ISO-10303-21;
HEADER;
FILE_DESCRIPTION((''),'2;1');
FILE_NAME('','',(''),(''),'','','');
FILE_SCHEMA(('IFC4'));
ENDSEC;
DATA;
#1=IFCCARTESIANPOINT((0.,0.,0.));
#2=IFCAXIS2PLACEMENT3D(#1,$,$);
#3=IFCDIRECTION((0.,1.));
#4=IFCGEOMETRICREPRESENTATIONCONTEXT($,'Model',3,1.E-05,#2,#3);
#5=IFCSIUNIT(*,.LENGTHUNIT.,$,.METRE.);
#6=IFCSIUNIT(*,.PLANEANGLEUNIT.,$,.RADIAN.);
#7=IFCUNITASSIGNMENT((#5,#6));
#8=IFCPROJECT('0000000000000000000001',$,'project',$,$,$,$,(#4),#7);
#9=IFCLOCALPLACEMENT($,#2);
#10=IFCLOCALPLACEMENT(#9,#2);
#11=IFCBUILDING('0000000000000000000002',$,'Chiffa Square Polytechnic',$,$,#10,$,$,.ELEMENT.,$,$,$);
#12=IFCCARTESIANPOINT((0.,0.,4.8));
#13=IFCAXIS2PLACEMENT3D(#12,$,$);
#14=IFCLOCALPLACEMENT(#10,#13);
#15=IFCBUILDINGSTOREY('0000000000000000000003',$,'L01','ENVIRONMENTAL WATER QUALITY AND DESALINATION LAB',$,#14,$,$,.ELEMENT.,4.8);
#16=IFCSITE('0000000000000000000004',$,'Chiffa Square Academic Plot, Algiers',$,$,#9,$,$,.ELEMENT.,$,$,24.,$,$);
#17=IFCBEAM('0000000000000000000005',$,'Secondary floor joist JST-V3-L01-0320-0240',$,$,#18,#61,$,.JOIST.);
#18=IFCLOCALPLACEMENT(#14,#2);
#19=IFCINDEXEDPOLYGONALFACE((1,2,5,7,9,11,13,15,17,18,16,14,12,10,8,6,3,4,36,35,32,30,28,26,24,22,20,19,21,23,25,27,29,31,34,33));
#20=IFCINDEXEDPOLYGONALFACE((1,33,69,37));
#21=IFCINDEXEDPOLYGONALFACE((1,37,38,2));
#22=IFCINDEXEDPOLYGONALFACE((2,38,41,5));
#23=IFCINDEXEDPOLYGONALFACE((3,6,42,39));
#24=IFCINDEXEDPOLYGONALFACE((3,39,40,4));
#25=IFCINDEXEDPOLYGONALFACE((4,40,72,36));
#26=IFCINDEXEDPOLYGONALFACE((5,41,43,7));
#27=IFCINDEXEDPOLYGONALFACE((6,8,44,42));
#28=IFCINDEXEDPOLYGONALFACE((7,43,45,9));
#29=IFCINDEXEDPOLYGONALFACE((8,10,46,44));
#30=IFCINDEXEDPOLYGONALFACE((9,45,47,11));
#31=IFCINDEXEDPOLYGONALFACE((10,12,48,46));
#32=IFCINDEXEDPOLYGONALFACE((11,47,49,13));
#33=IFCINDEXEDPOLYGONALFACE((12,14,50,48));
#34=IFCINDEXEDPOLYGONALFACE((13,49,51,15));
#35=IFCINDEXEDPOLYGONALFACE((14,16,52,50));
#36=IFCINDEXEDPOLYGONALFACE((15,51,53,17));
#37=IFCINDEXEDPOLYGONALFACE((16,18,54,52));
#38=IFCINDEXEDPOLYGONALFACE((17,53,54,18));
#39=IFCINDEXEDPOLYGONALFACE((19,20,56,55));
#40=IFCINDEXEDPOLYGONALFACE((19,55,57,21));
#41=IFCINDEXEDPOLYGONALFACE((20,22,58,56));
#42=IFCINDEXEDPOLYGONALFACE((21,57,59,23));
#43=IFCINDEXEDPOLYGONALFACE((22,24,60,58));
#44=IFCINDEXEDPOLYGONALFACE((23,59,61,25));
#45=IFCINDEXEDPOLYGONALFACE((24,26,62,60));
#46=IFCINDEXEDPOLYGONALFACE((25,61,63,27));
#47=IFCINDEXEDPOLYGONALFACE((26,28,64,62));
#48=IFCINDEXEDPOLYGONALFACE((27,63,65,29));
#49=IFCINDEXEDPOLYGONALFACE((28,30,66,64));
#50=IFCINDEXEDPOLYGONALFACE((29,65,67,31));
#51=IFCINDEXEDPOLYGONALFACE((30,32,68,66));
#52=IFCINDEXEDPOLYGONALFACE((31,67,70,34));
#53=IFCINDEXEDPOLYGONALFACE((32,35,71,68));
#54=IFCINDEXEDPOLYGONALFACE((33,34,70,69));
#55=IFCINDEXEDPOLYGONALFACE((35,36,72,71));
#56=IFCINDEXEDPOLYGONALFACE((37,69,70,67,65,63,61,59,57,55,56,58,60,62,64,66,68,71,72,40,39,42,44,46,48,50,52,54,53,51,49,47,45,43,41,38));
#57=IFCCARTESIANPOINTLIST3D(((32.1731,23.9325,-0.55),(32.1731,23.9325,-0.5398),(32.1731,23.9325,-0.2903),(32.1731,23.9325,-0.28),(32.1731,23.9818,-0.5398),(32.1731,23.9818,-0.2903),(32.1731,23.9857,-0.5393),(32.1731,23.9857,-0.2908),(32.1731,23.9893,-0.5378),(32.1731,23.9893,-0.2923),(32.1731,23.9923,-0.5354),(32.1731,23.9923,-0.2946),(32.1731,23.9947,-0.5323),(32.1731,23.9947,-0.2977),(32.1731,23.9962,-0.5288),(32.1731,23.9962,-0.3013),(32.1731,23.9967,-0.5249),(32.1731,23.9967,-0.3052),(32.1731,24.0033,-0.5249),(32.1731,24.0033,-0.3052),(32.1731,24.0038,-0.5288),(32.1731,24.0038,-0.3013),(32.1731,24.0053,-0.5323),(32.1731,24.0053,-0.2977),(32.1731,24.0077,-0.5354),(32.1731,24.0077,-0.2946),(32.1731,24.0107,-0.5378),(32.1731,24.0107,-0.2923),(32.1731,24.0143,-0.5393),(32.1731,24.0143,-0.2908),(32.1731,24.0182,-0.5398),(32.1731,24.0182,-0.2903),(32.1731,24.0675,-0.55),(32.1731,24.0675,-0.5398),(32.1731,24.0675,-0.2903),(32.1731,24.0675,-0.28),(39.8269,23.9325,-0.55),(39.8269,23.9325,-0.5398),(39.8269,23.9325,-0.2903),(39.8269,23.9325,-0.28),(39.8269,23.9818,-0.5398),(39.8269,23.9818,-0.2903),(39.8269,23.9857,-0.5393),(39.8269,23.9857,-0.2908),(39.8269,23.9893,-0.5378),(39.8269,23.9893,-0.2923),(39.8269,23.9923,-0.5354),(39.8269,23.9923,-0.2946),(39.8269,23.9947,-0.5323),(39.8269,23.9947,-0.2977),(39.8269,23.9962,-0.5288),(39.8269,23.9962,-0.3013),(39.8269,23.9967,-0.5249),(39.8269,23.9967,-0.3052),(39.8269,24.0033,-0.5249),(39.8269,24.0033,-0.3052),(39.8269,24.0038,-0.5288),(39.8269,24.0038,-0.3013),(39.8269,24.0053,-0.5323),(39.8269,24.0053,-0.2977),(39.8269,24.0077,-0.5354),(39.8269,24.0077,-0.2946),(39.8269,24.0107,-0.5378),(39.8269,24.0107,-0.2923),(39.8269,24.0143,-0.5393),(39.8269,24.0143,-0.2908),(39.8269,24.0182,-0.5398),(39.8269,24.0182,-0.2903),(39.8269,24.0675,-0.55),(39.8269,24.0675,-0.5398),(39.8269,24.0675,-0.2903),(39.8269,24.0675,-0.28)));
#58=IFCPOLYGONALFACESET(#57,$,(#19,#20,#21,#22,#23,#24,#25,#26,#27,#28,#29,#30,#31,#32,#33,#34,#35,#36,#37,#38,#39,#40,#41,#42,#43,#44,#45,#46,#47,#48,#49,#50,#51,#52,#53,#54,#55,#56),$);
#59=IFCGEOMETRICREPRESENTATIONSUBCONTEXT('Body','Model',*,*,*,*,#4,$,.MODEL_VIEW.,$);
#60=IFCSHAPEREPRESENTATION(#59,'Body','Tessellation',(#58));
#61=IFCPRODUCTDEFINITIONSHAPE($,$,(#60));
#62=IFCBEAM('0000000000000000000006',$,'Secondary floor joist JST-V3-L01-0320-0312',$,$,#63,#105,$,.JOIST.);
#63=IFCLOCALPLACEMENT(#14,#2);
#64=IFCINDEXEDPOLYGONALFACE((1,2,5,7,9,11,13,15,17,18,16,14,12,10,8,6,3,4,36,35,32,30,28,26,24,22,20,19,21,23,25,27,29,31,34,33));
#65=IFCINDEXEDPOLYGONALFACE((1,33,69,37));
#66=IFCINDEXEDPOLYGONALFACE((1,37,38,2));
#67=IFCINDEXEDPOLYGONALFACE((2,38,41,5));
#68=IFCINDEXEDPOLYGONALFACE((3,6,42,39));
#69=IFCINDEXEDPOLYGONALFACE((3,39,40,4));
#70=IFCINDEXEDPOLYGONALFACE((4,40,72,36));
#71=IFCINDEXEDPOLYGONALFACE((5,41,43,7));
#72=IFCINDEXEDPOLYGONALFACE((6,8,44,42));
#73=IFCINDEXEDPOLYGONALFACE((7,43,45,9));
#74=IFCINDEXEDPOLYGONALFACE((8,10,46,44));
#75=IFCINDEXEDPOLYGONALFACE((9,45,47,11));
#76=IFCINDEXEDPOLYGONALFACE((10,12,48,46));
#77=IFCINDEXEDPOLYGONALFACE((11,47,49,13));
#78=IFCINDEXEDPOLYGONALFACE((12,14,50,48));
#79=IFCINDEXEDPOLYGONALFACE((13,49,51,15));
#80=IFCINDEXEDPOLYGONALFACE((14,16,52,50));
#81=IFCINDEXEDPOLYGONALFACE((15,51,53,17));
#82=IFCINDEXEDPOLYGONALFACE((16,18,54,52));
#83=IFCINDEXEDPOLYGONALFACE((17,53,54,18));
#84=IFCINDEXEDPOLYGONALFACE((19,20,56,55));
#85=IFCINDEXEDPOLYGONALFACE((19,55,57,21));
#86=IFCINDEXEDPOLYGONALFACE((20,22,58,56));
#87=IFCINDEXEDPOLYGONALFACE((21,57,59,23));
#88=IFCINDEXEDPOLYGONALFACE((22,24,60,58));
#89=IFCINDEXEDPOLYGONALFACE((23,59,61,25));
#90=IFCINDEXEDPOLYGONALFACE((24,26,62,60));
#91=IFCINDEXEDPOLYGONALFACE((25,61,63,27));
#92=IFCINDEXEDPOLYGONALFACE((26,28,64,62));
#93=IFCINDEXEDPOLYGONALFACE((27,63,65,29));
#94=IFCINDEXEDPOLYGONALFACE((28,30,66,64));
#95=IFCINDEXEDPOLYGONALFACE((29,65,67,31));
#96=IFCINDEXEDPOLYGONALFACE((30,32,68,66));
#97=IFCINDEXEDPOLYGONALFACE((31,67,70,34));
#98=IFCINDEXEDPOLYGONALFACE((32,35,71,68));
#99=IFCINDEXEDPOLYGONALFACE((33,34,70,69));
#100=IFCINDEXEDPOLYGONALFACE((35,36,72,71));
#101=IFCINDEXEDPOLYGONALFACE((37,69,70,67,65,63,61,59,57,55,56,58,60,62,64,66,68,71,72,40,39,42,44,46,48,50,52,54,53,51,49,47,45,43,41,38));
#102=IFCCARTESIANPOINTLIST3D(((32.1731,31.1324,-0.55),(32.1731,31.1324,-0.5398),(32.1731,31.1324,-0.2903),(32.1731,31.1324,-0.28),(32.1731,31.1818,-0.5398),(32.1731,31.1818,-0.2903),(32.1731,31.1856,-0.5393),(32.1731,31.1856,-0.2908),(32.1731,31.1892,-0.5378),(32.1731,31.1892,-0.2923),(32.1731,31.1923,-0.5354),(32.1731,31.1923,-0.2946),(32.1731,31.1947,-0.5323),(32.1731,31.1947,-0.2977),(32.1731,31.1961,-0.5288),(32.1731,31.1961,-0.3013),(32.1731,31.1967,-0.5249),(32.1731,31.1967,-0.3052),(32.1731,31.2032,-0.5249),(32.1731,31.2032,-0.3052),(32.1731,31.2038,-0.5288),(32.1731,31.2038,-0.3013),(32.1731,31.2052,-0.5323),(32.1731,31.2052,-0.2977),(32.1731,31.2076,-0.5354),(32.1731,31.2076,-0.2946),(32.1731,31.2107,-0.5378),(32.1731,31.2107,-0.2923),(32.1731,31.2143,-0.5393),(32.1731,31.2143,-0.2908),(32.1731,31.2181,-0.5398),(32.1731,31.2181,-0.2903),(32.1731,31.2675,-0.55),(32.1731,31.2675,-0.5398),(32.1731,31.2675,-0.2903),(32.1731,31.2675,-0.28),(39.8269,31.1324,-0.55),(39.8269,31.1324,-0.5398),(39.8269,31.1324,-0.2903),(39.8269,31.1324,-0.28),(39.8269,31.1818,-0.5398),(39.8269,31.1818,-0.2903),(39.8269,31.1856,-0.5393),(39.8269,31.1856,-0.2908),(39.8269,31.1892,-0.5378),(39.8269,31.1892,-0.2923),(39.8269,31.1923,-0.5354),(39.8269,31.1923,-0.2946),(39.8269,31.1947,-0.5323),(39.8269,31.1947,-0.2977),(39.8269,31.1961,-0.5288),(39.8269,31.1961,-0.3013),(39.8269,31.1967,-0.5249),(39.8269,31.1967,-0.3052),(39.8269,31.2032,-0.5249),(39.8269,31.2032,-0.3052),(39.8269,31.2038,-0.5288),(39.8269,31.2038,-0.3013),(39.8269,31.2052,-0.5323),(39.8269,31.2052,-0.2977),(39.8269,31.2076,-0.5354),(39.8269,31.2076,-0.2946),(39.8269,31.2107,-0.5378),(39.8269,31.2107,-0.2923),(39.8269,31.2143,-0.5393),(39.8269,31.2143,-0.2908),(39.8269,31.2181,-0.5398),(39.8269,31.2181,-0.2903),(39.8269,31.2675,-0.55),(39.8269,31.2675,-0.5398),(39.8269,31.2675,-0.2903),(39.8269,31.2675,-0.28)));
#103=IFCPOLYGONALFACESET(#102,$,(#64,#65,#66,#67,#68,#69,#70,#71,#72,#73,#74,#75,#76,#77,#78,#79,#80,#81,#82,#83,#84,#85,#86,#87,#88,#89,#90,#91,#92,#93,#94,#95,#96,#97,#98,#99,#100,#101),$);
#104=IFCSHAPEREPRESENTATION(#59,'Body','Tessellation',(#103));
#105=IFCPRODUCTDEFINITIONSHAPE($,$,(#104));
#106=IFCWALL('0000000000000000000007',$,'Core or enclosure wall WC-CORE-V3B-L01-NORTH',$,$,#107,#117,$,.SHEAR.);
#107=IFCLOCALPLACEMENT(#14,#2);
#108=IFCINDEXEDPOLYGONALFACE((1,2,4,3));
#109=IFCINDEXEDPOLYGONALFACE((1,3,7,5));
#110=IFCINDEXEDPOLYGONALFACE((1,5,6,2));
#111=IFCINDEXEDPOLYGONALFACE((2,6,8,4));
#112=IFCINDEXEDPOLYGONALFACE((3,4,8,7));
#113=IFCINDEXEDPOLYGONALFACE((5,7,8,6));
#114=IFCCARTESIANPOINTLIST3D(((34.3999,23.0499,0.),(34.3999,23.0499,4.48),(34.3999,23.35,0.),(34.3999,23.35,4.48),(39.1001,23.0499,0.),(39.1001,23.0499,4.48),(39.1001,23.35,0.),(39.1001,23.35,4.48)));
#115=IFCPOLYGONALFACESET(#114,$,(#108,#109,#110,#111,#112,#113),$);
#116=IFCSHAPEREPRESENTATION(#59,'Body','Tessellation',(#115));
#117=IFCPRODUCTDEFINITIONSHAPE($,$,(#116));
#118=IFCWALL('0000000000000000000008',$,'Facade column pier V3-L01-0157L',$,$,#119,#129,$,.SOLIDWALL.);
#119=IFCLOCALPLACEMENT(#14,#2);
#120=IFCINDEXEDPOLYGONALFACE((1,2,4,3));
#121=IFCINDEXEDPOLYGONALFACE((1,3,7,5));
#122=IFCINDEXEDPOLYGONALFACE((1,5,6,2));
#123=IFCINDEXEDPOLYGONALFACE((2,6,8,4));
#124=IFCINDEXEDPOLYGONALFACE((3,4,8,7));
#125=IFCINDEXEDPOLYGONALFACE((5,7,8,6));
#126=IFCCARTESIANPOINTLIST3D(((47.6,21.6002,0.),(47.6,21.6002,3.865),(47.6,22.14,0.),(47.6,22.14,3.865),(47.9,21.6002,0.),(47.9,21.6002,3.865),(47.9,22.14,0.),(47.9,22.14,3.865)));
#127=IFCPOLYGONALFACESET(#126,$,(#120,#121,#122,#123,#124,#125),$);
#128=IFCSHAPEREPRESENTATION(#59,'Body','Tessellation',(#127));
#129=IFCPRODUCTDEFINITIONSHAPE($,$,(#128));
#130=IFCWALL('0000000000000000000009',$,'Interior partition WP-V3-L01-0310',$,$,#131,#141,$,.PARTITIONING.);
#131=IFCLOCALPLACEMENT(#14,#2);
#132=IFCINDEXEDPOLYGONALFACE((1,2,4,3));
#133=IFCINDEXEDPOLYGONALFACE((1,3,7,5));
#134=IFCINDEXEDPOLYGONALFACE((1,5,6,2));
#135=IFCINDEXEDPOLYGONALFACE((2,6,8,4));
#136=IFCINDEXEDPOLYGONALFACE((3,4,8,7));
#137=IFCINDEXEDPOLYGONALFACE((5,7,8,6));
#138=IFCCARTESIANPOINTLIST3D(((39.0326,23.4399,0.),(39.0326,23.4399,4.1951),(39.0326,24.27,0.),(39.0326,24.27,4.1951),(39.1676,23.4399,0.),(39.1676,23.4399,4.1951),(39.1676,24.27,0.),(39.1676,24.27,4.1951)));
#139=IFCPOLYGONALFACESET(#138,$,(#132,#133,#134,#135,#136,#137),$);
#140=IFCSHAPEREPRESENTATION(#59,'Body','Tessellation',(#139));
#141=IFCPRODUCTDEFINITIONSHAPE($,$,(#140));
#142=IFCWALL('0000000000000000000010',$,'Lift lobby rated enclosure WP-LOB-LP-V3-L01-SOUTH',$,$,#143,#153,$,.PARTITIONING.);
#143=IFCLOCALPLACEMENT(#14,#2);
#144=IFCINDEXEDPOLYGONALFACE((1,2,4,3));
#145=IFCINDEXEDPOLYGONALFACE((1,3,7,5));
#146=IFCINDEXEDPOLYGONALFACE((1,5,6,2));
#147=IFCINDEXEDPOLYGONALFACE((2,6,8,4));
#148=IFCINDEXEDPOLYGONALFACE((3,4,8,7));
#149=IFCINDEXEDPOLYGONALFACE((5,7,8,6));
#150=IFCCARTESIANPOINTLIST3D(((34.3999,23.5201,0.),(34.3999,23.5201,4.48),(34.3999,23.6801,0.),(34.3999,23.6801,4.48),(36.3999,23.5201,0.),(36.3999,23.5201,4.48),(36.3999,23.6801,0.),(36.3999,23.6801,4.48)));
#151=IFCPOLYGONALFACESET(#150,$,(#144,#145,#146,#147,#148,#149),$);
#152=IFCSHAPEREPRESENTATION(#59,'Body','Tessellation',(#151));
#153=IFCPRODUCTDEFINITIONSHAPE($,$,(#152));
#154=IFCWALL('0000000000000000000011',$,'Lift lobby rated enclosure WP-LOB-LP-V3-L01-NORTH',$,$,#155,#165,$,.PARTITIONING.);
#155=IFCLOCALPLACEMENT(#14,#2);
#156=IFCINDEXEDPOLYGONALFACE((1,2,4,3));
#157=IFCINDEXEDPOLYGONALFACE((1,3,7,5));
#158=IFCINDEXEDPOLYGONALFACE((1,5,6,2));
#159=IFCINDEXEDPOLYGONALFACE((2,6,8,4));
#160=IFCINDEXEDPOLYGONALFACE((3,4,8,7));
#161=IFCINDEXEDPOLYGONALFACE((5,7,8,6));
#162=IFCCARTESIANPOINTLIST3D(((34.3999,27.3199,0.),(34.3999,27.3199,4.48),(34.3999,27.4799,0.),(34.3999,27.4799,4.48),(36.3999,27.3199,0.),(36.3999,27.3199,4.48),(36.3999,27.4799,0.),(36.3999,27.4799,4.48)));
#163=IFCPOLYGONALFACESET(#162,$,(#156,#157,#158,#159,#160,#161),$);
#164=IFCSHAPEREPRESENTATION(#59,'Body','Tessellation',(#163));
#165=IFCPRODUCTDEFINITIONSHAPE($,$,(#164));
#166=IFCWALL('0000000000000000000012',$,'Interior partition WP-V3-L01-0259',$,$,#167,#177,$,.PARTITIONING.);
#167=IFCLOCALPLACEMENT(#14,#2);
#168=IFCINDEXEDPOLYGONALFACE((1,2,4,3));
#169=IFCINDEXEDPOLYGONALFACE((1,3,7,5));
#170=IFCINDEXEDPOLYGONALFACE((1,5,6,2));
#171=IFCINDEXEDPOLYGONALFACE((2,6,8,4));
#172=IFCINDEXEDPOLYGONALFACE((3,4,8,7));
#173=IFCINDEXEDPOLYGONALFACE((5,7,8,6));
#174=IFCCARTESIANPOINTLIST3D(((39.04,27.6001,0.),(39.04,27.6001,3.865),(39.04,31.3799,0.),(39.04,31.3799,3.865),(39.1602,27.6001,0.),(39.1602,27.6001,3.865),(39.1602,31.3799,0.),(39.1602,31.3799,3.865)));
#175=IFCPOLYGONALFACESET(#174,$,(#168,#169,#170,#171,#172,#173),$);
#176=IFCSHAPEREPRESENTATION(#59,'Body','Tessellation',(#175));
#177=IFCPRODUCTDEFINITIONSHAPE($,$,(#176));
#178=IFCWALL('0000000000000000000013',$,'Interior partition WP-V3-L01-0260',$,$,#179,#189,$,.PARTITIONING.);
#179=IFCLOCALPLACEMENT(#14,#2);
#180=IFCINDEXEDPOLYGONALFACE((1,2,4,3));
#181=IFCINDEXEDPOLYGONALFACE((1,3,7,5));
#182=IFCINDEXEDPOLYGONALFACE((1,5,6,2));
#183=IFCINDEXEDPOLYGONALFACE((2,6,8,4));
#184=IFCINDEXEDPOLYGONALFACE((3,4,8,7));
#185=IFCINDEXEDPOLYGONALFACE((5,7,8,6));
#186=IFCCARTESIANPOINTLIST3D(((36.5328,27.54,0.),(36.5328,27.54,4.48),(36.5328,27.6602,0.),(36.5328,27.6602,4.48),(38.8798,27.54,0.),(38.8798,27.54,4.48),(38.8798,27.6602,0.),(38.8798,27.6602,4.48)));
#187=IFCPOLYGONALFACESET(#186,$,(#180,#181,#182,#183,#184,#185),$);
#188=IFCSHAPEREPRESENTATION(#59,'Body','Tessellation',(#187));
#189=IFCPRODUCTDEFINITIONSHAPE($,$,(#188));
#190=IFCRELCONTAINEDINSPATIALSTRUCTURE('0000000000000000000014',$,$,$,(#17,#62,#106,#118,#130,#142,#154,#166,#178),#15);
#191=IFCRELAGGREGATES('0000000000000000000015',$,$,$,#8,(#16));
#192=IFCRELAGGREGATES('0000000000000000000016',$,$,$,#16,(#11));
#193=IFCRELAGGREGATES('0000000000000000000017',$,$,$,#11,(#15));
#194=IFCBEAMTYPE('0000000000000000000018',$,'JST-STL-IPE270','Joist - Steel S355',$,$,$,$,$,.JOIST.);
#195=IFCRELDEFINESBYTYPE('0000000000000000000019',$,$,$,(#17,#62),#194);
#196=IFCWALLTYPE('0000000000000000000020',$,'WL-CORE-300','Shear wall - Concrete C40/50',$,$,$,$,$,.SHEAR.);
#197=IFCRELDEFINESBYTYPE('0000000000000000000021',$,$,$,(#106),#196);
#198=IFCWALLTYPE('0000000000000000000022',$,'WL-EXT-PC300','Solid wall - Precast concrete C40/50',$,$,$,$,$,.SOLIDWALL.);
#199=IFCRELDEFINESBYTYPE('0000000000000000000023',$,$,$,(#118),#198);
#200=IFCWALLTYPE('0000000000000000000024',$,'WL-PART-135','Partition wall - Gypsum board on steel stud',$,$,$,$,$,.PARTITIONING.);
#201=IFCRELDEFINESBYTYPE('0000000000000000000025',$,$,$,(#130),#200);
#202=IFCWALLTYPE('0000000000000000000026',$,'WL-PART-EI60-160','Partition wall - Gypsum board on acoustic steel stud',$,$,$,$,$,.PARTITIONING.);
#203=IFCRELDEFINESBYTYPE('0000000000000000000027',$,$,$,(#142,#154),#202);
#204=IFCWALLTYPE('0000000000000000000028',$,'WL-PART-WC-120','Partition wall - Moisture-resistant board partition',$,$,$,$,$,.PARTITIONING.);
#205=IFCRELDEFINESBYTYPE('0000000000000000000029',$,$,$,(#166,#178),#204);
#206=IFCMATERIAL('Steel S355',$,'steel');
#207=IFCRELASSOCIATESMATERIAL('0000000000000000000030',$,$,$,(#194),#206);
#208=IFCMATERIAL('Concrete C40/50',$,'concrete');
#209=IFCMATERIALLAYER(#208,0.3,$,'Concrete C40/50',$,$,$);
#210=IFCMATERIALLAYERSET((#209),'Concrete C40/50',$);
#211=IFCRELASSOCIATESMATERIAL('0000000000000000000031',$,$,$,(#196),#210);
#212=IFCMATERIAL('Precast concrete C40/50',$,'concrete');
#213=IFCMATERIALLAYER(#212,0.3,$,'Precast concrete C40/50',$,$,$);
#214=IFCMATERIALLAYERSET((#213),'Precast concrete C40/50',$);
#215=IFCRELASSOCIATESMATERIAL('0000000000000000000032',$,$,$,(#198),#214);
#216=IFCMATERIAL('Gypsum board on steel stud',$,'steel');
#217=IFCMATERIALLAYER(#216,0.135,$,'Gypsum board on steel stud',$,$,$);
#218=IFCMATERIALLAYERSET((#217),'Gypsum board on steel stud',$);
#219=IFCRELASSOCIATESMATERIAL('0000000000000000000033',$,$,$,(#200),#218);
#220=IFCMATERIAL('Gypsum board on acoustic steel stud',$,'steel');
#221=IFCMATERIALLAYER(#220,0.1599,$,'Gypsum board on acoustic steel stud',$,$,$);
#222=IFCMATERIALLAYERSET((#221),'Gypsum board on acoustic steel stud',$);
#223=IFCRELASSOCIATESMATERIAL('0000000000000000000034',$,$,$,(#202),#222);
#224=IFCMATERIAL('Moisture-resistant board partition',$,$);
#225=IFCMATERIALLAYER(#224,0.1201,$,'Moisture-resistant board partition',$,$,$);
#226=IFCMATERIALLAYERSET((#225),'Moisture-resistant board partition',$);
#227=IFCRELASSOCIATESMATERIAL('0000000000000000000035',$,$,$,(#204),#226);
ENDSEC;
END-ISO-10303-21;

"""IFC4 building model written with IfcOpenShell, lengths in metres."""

from ifc_helpers import new_model, si_unit, direction, frame, frame_2d, origin, origin_2d, place, context, subcontext, project, spatial, rectangle, i_section, extrude, material, layer, layer_set, material_profile, profile_set, type_object, element, save


model = new_model("IFC4")

# Units and contexts
model_context = context("Model", 3, precision=1e-05, world=origin(), true_north=direction((0.0, 1.0)))
body_context = subcontext(model_context, "Body", "Model", "MODEL_VIEW")
ifc_project = project(units=[si_unit("LENGTHUNIT", "METRE"), si_unit("PLANEANGLEUNIT", "RADIAN")], contexts=[model_context])

# Site, building, storey
site_placement = place(None, origin())
site = spatial("IfcSite", under=ifc_project, at=site_placement, Name="Chiffa Square Academic Plot, Algiers", CompositionType="ELEMENT", RefElevation=24.0)
building_placement = place(site_placement, origin())
building = spatial("IfcBuilding", under=site, at=building_placement, Name="Chiffa Square Polytechnic", CompositionType="ELEMENT")
storey_placement = place(building_placement, frame((0.0, 0.0, 4.8)))
storey = spatial("IfcBuildingStorey", under=building, at=storey_placement, Name="L01", Description="ENVIRONMENTAL WATER QUALITY AND DESALINATION LAB", CompositionType="ELEMENT", Elevation=4.8)

# Beams
ifc_material_1 = material(Name="Steel S355", Category="steel")
ifc_material_profile_1 = material_profile(ifc_material_1, i_section(OverallWidth=0.135, OverallDepth=0.27, WebThickness=0.0066, FlangeThickness=0.0103, FilletRadius=0.0149, at=origin_2d()), Name="IPE 270")
ifc_profile_set_1 = profile_set([ifc_material_profile_1], Name="Steel S355")
beam_type_1 = type_object("IfcBeamType", Name="JST-STL-IPE270", Description="Joist - Steel S355", PredefinedType="JOIST", material=ifc_profile_set_1)
for number, where, z_axis, x_axis, name in (
    (1, (32.1731, 24.0, -0.415), (1.0, 0.0, 0.0), (0.0, 1.0, 0.0), "Secondary floor joist JST-V3-L01-0320-0240"),
    (2, (32.1731, 31.2, -0.415), (1.0, 0.0, 0.0), (0.0, 1.0, 0.0), "Secondary floor joist JST-V3-L01-0320-0312"),
):
    element("IfcBeam", number, at=place(storey_placement, frame(where, z_axis=z_axis, x_axis=x_axis)), inside=storey, type_object=beam_type_1, Name=name, PredefinedType="JOIST", context=body_context, shape_type="SweptSolid", body=[
        extrude(i_section(OverallWidth=0.135, OverallDepth=0.27, WebThickness=0.0066, FlangeThickness=0.0103, FilletRadius=0.0149, at=origin_2d()), origin(), (0.0, 0.0, 1.0), 7.6538),
    ])

# Walls
ifc_material_2 = material(Name="Concrete C40/50", Category="concrete")
ifc_layer_1 = layer(ifc_material_2, 0.3, Name="Concrete C40/50")
ifc_layer_set_1 = layer_set([ifc_layer_1], Name="Concrete C40/50")
wall_type_1 = type_object("IfcWallType", Name="WL-CORE-300", Description="Shear wall - Concrete C40/50", PredefinedType="SHEAR", material=ifc_layer_set_1)
wall_1_placement = place(storey_placement, frame((34.3999, 23.2, 0.0), z_axis=(0.0, 0.0, 1.0), x_axis=(1.0, 0.0, 0.0)))
element("IfcWall", 3, at=wall_1_placement, inside=storey, type_object=wall_type_1, Name="Core or enclosure wall WC-CORE-V3B-L01-NORTH", PredefinedType="SHEAR", context=body_context, shape_type="SweptSolid", body=[
    extrude(rectangle(XDim=4.7002, YDim=0.3, at=frame_2d((2.3501, 0.0))), origin(), (0.0, 0.0, 1.0), 4.48),
])
ifc_material_3 = material(Name="Precast concrete C40/50", Category="concrete")
ifc_layer_2 = layer(ifc_material_3, 0.3, Name="Precast concrete C40/50")
ifc_layer_set_2 = layer_set([ifc_layer_2], Name="Precast concrete C40/50")
wall_type_2 = type_object("IfcWallType", Name="WL-EXT-PC300", Description="Solid wall - Precast concrete C40/50", PredefinedType="SOLIDWALL", material=ifc_layer_set_2)
wall_2_placement = place(storey_placement, frame((47.75, 21.6001, 0.0), z_axis=(0.0, 0.0, 1.0), x_axis=(0.0, 1.0, 0.0)))
element("IfcWall", 4, at=wall_2_placement, inside=storey, type_object=wall_type_2, Name="Facade column pier V3-L01-0157L", PredefinedType="SOLIDWALL", context=body_context, shape_type="SweptSolid", body=[
    extrude(rectangle(XDim=0.5398, YDim=0.3, at=frame_2d((0.27, 0.0))), origin(), (0.0, 0.0, 1.0), 3.865),
])
ifc_material_4 = material(Name="Gypsum board on steel stud", Category="steel")
ifc_layer_3 = layer(ifc_material_4, 0.135, Name="Gypsum board on steel stud")
ifc_layer_set_3 = layer_set([ifc_layer_3], Name="Gypsum board on steel stud")
wall_type_3 = type_object("IfcWallType", Name="WL-PART-135", Description="Partition wall - Gypsum board on steel stud", PredefinedType="PARTITIONING", material=ifc_layer_set_3)
wall_3_placement = place(storey_placement, frame((39.1001, 23.4399, 0.0), z_axis=(0.0, 0.0, 1.0), x_axis=(0.0, 1.0, 0.0)))
element("IfcWall", 5, at=wall_3_placement, inside=storey, type_object=wall_type_3, Name="Interior partition WP-V3-L01-0310", PredefinedType="PARTITIONING", context=body_context, shape_type="SweptSolid", body=[
    extrude(rectangle(XDim=0.8301, YDim=0.135, at=frame_2d((0.415, 0.0))), origin(), (0.0, 0.0, 1.0), 4.1951),
])
ifc_material_5 = material(Name="Gypsum board on acoustic steel stud", Category="steel")
ifc_layer_4 = layer(ifc_material_5, 0.1599, Name="Gypsum board on acoustic steel stud")
ifc_layer_set_4 = layer_set([ifc_layer_4], Name="Gypsum board on acoustic steel stud")
wall_type_4 = type_object("IfcWallType", Name="WL-PART-EI60-160", Description="Partition wall - Gypsum board on acoustic steel stud", PredefinedType="PARTITIONING", material=ifc_layer_set_4)
for number, where, z_axis, x_axis, name in (
    (6, (34.3999, 23.6001, 0.0), (0.0, 0.0, 1.0), (1.0, 0.0, 0.0), "Lift lobby rated enclosure WP-LOB-LP-V3-L01-SOUTH"),
    (7, (34.3999, 27.3999, 0.0), (0.0, 0.0, 1.0), (1.0, 0.0, 0.0), "Lift lobby rated enclosure WP-LOB-LP-V3-L01-NORTH"),
):
    element("IfcWall", number, at=place(storey_placement, frame(where, z_axis=z_axis, x_axis=x_axis)), inside=storey, type_object=wall_type_4, Name=name, PredefinedType="PARTITIONING", context=body_context, shape_type="SweptSolid", body=[
        extrude(rectangle(XDim=2.0, YDim=0.1599, at=frame_2d((1.0, 0.0))), origin(), (0.0, 0.0, 1.0), 4.48),
    ])

# Walls
ifc_material_6 = material(Name="Moisture-resistant board partition")
ifc_layer_5 = layer(ifc_material_6, 0.1201, Name="Moisture-resistant board partition")
ifc_layer_set_5 = layer_set([ifc_layer_5], Name="Moisture-resistant board partition")
wall_type_5 = type_object("IfcWallType", Name="WL-PART-WC-120", Description="Partition wall - Moisture-resistant board partition", PredefinedType="PARTITIONING", material=ifc_layer_set_5)
wall_4_placement = place(storey_placement, frame((39.1001, 27.6001, 0.0), z_axis=(0.0, 0.0, 1.0), x_axis=(0.0, 1.0, 0.0)))
element("IfcWall", 8, at=wall_4_placement, inside=storey, type_object=wall_type_5, Name="Interior partition WP-V3-L01-0259", PredefinedType="PARTITIONING", context=body_context, shape_type="SweptSolid", body=[
    extrude(rectangle(XDim=3.7798, YDim=0.1201, at=frame_2d((1.8899, 0.0))), origin(), (0.0, 0.0, 1.0), 3.865),
])
wall_5_placement = place(storey_placement, frame((36.533, 27.6001, 0.0), z_axis=(0.0, 0.0, 1.0), x_axis=(1.0, 0.0, 0.0)))
element("IfcWall", 9, at=wall_5_placement, inside=storey, type_object=wall_type_5, Name="Interior partition WP-V3-L01-0260", PredefinedType="PARTITIONING", context=body_context, shape_type="SweptSolid", body=[
    extrude(rectangle(XDim=2.3469, YDim=0.1201, at=frame_2d((1.1733, 0.0))), origin(), (0.0, 0.0, 1.0), 4.48),
])

save(model, "model.ifc")
